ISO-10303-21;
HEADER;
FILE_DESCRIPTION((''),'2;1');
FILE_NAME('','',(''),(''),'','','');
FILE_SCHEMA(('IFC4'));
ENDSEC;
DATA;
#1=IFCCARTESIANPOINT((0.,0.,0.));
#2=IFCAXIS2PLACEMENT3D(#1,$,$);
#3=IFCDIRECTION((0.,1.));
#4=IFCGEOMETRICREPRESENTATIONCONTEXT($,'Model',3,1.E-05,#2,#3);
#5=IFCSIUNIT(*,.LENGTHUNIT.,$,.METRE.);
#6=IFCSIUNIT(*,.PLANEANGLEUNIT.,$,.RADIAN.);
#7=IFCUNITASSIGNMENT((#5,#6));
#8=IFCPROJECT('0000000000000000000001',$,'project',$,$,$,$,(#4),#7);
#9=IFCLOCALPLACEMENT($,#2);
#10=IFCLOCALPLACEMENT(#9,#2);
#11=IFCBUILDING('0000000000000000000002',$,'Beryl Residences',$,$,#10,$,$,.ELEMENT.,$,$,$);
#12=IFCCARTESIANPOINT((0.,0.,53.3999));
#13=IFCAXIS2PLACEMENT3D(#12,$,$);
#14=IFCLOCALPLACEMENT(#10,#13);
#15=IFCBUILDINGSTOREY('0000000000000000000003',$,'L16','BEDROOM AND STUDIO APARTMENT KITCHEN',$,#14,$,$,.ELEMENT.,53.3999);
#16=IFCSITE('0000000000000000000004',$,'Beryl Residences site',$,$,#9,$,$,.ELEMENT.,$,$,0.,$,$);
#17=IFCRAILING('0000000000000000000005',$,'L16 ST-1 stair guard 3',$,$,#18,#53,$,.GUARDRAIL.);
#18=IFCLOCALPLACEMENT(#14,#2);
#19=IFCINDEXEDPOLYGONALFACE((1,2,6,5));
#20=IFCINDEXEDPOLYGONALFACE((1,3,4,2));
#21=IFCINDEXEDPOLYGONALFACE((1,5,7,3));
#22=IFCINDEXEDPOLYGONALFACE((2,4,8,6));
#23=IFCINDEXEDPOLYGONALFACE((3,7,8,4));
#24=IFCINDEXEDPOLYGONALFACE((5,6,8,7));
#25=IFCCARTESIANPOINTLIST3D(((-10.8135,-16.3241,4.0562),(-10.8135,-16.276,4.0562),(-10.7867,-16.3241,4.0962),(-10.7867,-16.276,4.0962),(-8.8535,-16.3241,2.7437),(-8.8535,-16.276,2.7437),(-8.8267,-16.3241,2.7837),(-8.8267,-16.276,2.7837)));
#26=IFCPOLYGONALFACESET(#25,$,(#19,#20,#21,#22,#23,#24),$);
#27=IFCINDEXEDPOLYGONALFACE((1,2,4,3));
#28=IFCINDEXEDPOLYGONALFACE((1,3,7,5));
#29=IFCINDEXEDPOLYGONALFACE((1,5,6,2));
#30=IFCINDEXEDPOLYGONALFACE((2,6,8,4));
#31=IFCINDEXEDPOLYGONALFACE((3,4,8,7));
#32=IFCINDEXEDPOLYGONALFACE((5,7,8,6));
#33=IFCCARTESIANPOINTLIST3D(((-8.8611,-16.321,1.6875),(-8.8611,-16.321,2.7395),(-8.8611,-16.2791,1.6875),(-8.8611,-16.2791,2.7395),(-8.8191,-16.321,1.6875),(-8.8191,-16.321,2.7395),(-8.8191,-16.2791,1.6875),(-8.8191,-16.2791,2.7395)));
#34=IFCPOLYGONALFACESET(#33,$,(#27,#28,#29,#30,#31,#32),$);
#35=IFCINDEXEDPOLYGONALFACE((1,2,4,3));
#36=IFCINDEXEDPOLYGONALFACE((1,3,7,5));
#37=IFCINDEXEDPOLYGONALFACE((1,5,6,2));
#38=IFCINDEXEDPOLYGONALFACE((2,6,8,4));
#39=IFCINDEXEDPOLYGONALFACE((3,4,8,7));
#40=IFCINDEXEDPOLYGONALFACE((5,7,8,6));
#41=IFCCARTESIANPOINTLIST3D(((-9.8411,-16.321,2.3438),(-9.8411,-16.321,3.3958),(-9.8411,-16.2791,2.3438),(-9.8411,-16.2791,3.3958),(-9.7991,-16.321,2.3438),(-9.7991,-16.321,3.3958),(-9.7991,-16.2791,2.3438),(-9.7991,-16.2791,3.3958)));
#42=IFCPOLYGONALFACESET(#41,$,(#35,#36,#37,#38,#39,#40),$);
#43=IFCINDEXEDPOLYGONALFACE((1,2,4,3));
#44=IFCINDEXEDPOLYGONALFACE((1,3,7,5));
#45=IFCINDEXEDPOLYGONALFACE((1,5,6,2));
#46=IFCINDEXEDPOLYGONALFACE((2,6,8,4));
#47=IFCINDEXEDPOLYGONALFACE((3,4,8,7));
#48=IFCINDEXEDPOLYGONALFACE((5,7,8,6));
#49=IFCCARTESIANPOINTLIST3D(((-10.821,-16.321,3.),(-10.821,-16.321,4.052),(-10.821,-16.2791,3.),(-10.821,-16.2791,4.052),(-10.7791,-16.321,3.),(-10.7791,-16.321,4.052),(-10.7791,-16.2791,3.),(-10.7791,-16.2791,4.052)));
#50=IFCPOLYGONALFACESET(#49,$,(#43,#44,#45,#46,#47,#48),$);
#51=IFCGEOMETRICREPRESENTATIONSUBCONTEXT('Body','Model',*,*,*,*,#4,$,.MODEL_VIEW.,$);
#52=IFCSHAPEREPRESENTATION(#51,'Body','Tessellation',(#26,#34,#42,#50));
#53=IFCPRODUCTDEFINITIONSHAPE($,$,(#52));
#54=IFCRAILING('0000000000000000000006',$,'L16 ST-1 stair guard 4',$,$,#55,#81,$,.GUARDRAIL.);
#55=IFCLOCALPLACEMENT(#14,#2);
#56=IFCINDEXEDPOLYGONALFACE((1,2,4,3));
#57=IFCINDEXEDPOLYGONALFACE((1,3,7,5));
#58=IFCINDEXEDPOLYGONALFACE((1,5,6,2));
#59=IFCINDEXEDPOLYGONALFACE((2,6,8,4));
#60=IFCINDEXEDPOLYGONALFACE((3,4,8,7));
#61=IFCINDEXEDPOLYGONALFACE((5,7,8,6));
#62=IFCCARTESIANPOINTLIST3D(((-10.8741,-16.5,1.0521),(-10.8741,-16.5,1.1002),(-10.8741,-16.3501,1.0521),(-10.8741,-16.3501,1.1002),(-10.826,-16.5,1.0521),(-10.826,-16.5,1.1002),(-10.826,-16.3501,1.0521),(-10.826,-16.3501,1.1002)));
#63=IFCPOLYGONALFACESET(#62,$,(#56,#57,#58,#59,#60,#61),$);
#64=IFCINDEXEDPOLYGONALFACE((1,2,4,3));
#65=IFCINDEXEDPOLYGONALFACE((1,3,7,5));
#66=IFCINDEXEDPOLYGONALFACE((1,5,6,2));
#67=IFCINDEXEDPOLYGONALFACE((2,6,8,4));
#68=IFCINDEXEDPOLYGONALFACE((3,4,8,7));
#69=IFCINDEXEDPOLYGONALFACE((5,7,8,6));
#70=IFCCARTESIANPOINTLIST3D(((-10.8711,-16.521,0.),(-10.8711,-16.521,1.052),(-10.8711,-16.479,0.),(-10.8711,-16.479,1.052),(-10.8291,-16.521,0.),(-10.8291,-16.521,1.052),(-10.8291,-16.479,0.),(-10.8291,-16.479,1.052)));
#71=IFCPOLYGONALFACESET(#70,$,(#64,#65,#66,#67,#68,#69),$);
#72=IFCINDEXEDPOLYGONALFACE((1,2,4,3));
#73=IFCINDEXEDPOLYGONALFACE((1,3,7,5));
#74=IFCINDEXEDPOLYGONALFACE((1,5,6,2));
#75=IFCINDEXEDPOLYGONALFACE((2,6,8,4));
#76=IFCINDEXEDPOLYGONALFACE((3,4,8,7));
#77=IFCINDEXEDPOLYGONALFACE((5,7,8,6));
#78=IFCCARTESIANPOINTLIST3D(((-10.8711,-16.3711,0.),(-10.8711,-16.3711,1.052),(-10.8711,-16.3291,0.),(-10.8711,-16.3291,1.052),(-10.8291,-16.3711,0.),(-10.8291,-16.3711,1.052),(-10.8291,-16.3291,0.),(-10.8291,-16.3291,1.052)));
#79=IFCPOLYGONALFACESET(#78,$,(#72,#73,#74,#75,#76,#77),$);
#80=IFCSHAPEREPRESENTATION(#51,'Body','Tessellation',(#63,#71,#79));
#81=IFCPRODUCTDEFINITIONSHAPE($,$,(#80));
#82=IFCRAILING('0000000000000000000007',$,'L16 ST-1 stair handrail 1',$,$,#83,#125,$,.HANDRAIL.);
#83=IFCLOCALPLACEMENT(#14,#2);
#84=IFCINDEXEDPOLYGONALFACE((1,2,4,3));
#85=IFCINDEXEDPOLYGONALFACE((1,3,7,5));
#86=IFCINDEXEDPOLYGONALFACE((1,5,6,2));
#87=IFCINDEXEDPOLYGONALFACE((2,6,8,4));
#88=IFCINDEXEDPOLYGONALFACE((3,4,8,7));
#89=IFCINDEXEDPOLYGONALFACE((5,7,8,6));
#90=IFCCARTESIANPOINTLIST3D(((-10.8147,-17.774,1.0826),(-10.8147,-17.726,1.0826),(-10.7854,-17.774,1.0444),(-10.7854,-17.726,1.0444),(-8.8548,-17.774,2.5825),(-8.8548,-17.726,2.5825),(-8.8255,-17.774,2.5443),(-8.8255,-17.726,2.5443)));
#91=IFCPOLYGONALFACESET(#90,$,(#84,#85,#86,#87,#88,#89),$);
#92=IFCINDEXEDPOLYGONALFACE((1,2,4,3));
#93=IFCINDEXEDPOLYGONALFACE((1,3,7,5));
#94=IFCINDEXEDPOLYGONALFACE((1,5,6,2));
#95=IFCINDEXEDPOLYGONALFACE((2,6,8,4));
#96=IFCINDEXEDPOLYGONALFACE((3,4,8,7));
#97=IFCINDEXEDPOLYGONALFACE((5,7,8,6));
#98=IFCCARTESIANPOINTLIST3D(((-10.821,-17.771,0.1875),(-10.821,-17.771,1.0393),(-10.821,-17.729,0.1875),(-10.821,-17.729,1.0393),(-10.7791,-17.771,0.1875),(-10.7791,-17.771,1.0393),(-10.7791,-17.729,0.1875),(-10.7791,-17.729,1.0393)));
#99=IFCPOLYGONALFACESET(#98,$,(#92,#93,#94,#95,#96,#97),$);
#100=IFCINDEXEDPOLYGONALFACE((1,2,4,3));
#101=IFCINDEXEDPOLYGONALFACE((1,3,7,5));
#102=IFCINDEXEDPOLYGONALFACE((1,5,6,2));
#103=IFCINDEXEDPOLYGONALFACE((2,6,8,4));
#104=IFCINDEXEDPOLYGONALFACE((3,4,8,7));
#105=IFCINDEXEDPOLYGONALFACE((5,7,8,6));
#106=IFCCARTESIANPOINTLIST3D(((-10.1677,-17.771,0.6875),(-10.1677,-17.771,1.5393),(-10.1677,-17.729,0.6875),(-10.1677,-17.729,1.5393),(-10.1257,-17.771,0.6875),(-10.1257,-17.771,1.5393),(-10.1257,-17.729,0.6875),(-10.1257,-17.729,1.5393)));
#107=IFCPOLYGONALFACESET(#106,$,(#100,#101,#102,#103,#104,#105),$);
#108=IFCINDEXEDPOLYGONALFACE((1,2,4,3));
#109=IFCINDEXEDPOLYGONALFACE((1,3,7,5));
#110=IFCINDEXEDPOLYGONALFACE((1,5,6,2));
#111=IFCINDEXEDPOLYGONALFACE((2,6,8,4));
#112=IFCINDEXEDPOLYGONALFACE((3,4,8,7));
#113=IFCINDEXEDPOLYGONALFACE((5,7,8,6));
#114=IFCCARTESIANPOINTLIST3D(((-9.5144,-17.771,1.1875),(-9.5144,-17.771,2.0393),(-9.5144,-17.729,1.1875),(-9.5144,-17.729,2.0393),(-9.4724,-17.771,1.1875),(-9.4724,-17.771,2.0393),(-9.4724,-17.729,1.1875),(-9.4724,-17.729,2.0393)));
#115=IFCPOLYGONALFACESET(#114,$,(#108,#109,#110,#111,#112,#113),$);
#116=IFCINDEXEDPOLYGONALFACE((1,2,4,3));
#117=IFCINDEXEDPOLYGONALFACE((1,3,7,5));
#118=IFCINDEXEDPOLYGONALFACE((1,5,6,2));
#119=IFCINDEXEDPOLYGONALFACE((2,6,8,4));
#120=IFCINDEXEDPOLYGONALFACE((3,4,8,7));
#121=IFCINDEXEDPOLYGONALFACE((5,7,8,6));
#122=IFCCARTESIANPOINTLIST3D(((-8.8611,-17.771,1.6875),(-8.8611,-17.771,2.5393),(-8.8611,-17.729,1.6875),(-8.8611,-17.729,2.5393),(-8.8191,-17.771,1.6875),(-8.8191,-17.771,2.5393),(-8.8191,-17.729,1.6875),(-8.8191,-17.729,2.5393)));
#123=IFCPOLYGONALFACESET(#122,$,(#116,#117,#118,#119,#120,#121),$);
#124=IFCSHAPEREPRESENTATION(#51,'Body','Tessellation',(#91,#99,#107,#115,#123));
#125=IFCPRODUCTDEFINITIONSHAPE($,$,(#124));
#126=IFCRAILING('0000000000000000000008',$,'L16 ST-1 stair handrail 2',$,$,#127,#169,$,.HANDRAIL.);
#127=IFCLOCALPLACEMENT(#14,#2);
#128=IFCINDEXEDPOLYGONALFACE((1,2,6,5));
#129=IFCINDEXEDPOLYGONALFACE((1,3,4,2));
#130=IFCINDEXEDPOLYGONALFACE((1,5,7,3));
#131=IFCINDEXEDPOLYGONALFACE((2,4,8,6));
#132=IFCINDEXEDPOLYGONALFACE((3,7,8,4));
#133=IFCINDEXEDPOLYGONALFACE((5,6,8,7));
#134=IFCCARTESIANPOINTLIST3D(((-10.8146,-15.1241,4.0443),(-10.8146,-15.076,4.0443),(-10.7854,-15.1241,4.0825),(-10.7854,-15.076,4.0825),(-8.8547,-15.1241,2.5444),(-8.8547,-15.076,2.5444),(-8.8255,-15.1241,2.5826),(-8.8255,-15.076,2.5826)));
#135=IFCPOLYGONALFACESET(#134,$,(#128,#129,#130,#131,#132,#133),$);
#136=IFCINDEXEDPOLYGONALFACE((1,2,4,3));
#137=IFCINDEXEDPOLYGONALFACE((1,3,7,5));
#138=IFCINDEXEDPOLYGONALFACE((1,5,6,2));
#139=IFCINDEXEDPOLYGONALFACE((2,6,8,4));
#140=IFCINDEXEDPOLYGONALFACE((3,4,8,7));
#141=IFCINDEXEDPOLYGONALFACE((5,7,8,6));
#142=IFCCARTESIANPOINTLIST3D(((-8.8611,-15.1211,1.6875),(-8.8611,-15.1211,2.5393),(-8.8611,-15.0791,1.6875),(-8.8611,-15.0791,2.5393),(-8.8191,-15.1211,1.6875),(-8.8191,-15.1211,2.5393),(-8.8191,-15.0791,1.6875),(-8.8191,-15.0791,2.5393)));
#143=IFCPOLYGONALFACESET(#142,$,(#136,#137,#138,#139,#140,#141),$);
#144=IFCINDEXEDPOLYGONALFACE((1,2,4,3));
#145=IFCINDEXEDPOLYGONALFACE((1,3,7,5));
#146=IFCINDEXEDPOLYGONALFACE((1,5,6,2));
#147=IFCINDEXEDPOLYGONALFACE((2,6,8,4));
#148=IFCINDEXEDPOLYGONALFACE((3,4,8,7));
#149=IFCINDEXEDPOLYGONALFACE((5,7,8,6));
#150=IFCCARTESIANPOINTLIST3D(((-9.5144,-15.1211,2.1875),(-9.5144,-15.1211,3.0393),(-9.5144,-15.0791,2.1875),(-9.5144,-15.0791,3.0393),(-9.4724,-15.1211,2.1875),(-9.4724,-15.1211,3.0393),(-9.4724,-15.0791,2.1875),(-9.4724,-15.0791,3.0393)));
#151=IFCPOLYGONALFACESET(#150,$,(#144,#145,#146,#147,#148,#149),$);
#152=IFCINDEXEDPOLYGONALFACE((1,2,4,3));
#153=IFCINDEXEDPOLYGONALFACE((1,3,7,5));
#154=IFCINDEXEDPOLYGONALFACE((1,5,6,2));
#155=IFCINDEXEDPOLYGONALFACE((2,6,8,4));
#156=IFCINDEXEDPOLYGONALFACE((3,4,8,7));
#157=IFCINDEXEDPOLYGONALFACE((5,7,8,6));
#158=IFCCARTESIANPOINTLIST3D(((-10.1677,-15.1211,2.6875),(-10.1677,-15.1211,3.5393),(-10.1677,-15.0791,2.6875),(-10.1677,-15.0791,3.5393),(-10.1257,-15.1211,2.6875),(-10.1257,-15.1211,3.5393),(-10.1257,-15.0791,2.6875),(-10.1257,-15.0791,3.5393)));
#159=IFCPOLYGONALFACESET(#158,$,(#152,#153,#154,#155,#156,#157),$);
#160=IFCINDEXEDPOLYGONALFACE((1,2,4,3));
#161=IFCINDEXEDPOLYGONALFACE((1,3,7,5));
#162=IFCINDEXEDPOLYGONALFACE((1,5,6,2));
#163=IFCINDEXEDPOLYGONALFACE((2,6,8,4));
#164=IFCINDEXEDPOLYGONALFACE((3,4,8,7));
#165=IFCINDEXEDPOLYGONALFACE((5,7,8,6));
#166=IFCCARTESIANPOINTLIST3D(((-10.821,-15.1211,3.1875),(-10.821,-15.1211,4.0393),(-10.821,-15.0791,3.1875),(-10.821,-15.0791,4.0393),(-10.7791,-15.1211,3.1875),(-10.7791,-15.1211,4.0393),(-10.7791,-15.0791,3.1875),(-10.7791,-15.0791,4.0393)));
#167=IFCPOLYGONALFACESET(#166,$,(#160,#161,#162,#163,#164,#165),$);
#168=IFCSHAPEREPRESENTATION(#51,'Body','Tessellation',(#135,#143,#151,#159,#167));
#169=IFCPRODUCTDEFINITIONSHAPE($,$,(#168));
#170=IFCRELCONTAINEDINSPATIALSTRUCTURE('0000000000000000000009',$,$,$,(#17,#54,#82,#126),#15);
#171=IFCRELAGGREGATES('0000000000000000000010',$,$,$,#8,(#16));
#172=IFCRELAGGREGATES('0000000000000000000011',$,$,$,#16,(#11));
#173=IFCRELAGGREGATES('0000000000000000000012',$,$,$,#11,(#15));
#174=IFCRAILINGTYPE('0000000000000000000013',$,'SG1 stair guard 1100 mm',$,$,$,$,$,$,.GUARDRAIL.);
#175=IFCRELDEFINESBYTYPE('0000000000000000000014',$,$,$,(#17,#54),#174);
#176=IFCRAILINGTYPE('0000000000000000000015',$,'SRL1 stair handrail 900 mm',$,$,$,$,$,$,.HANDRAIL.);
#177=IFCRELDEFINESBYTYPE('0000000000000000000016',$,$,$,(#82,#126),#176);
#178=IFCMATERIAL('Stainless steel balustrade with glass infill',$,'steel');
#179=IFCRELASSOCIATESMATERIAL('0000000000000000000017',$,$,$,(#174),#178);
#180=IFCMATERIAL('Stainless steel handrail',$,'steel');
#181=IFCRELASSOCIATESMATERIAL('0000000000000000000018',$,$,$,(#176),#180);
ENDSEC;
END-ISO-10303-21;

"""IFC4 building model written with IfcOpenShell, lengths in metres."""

from ifc_helpers import new_model, si_unit, direction, frame, origin, origin_2d, place, context, subcontext, project, spatial, rectangle, extrude, material, type_object, element, save


model = new_model("IFC4")

# Units and contexts
model_context = context("Model", 3, precision=1e-05, world=origin(), true_north=direction((0.0, 1.0)))
body_context = subcontext(model_context, "Body", "Model", "MODEL_VIEW")
ifc_project = project(units=[si_unit("LENGTHUNIT", "METRE"), si_unit("PLANEANGLEUNIT", "RADIAN")], contexts=[model_context])

# Site, building, storey
site_placement = place(None, origin())
site = spatial("IfcSite", under=ifc_project, at=site_placement, Name="Beryl Residences site", CompositionType="ELEMENT", RefElevation=0.0)
building_placement = place(site_placement, origin())
building = spatial("IfcBuilding", under=site, at=building_placement, Name="Beryl Residences", CompositionType="ELEMENT")
storey_placement = place(building_placement, frame((0.0, 0.0, 53.3999)))
storey = spatial("IfcBuildingStorey", under=building, at=storey_placement, Name="L16", Description="BEDROOM AND STUDIO APARTMENT KITCHEN", CompositionType="ELEMENT", Elevation=53.3999)

# Railings
ifc_material_1 = material(Name="Stainless steel balustrade with glass infill", Category="steel")
railing_type_1 = type_object("IfcRailingType", Name="SG1 stair guard 1100 mm", PredefinedType="GUARDRAIL", material=ifc_material_1)
railing_1_placement = place(storey_placement, frame((-8.8401, -16.3, 1.6875)))
element("IfcRailing", 1, at=railing_1_placement, inside=storey, type_object=railing_type_1, Name="L16 ST-1 stair guard 3", PredefinedType="GUARDRAIL", context=body_context, shape_type="SweptSolid", body=[
    extrude(rectangle(XDim=0.0481, YDim=0.0481, at=origin_2d()), frame((0.0, 0.0, 1.0762), z_axis=(-0.830902, 0.0, 0.556419), x_axis=(0.0, -1.0, 0.0)), (0.0, 0.0, 1.0), 2.3589),
    extrude(rectangle(XDim=0.042, YDim=0.042, at=origin_2d()), origin(), (0.0, 0.0, 1.0), 1.052),
    extrude(rectangle(XDim=0.042, YDim=0.042, at=origin_2d()), frame((-0.98, 0.0, 0.6562)), (0.0, 0.0, 1.0), 1.052),
    extrude(rectangle(XDim=0.042, YDim=0.042, at=origin_2d()), frame((-1.96, 0.0, 1.3125)), (0.0, 0.0, 1.0), 1.052),
])
railing_2_placement = place(storey_placement, frame((-10.8501, -16.5, 0.0)))
element("IfcRailing", 2, at=railing_2_placement, inside=storey, type_object=railing_type_1, Name="L16 ST-1 stair guard 4", PredefinedType="GUARDRAIL", context=body_context, shape_type="SweptSolid", body=[
    extrude(rectangle(XDim=0.0481, YDim=0.0481, at=origin_2d()), frame((0.0, 0.0, 1.0762), z_axis=(0.0, 1.0, 0.0), x_axis=(-1.0, 0.0, 0.0)), (0.0, 0.0, 1.0), 0.1499),
    extrude(rectangle(XDim=0.042, YDim=0.042, at=origin_2d()), origin(), (0.0, 0.0, 1.0), 1.052),
    extrude(rectangle(XDim=0.042, YDim=0.042, at=origin_2d()), frame((0.0, 0.1499, 0.0)), (0.0, 0.0, 1.0), 1.052),
])
ifc_material_2 = material(Name="Stainless steel handrail", Category="steel")
railing_type_2 = type_object("IfcRailingType", Name="SRL1 stair handrail 900 mm", PredefinedType="HANDRAIL", material=ifc_material_2)
railing_3_placement = place(storey_placement, frame((-10.8, -17.75, 0.1875)))
element("IfcRailing", 3, at=railing_3_placement, inside=storey, type_object=railing_type_2, Name="L16 ST-1 stair handrail 1", PredefinedType="HANDRAIL", context=body_context, shape_type="SweptSolid", body=[
    extrude(rectangle(XDim=0.0481, YDim=0.0481, at=origin_2d()), frame((0.0, 0.0, 0.876), z_axis=(0.794122, 0.0, 0.607758), x_axis=(0.0, 1.0, 0.0)), (0.0, 0.0, 1.0), 2.468),
    extrude(rectangle(XDim=0.042, YDim=0.042, at=origin_2d()), origin(), (0.0, 0.0, 1.0), 0.8518),
    extrude(rectangle(XDim=0.042, YDim=0.042, at=origin_2d()), frame((0.6533, 0.0, 0.5)), (0.0, 0.0, 1.0), 0.8518),
    extrude(rectangle(XDim=0.042, YDim=0.042, at=origin_2d()), frame((1.3066, 0.0, 1.0)), (0.0, 0.0, 1.0), 0.8518),
    extrude(rectangle(XDim=0.042, YDim=0.042, at=origin_2d()), frame((1.96, 0.0, 1.5)), (0.0, 0.0, 1.0), 0.8518),
])
railing_4_placement = place(storey_placement, frame((-8.8401, -15.1001, 1.6875)))
element("IfcRailing", 4, at=railing_4_placement, inside=storey, type_object=railing_type_2, Name="L16 ST-1 stair handrail 2", PredefinedType="HANDRAIL", context=body_context, shape_type="SweptSolid", body=[
    extrude(rectangle(XDim=0.0481, YDim=0.0481, at=origin_2d()), frame((0.0, 0.0, 0.876), z_axis=(-0.794122, 0.0, 0.607758), x_axis=(0.0, -1.0, 0.0)), (0.0, 0.0, 1.0), 2.468),
    extrude(rectangle(XDim=0.042, YDim=0.042, at=origin_2d()), origin(), (0.0, 0.0, 1.0), 0.8518),
    extrude(rectangle(XDim=0.042, YDim=0.042, at=origin_2d()), frame((-0.6533, 0.0, 0.5)), (0.0, 0.0, 1.0), 0.8518),
    extrude(rectangle(XDim=0.042, YDim=0.042, at=origin_2d()), frame((-1.3066, 0.0, 1.0)), (0.0, 0.0, 1.0), 0.8518),
    extrude(rectangle(XDim=0.042, YDim=0.042, at=origin_2d()), frame((-1.96, 0.0, 1.5)), (0.0, 0.0, 1.0), 0.8518),
])

save(model, "model.ifc")
